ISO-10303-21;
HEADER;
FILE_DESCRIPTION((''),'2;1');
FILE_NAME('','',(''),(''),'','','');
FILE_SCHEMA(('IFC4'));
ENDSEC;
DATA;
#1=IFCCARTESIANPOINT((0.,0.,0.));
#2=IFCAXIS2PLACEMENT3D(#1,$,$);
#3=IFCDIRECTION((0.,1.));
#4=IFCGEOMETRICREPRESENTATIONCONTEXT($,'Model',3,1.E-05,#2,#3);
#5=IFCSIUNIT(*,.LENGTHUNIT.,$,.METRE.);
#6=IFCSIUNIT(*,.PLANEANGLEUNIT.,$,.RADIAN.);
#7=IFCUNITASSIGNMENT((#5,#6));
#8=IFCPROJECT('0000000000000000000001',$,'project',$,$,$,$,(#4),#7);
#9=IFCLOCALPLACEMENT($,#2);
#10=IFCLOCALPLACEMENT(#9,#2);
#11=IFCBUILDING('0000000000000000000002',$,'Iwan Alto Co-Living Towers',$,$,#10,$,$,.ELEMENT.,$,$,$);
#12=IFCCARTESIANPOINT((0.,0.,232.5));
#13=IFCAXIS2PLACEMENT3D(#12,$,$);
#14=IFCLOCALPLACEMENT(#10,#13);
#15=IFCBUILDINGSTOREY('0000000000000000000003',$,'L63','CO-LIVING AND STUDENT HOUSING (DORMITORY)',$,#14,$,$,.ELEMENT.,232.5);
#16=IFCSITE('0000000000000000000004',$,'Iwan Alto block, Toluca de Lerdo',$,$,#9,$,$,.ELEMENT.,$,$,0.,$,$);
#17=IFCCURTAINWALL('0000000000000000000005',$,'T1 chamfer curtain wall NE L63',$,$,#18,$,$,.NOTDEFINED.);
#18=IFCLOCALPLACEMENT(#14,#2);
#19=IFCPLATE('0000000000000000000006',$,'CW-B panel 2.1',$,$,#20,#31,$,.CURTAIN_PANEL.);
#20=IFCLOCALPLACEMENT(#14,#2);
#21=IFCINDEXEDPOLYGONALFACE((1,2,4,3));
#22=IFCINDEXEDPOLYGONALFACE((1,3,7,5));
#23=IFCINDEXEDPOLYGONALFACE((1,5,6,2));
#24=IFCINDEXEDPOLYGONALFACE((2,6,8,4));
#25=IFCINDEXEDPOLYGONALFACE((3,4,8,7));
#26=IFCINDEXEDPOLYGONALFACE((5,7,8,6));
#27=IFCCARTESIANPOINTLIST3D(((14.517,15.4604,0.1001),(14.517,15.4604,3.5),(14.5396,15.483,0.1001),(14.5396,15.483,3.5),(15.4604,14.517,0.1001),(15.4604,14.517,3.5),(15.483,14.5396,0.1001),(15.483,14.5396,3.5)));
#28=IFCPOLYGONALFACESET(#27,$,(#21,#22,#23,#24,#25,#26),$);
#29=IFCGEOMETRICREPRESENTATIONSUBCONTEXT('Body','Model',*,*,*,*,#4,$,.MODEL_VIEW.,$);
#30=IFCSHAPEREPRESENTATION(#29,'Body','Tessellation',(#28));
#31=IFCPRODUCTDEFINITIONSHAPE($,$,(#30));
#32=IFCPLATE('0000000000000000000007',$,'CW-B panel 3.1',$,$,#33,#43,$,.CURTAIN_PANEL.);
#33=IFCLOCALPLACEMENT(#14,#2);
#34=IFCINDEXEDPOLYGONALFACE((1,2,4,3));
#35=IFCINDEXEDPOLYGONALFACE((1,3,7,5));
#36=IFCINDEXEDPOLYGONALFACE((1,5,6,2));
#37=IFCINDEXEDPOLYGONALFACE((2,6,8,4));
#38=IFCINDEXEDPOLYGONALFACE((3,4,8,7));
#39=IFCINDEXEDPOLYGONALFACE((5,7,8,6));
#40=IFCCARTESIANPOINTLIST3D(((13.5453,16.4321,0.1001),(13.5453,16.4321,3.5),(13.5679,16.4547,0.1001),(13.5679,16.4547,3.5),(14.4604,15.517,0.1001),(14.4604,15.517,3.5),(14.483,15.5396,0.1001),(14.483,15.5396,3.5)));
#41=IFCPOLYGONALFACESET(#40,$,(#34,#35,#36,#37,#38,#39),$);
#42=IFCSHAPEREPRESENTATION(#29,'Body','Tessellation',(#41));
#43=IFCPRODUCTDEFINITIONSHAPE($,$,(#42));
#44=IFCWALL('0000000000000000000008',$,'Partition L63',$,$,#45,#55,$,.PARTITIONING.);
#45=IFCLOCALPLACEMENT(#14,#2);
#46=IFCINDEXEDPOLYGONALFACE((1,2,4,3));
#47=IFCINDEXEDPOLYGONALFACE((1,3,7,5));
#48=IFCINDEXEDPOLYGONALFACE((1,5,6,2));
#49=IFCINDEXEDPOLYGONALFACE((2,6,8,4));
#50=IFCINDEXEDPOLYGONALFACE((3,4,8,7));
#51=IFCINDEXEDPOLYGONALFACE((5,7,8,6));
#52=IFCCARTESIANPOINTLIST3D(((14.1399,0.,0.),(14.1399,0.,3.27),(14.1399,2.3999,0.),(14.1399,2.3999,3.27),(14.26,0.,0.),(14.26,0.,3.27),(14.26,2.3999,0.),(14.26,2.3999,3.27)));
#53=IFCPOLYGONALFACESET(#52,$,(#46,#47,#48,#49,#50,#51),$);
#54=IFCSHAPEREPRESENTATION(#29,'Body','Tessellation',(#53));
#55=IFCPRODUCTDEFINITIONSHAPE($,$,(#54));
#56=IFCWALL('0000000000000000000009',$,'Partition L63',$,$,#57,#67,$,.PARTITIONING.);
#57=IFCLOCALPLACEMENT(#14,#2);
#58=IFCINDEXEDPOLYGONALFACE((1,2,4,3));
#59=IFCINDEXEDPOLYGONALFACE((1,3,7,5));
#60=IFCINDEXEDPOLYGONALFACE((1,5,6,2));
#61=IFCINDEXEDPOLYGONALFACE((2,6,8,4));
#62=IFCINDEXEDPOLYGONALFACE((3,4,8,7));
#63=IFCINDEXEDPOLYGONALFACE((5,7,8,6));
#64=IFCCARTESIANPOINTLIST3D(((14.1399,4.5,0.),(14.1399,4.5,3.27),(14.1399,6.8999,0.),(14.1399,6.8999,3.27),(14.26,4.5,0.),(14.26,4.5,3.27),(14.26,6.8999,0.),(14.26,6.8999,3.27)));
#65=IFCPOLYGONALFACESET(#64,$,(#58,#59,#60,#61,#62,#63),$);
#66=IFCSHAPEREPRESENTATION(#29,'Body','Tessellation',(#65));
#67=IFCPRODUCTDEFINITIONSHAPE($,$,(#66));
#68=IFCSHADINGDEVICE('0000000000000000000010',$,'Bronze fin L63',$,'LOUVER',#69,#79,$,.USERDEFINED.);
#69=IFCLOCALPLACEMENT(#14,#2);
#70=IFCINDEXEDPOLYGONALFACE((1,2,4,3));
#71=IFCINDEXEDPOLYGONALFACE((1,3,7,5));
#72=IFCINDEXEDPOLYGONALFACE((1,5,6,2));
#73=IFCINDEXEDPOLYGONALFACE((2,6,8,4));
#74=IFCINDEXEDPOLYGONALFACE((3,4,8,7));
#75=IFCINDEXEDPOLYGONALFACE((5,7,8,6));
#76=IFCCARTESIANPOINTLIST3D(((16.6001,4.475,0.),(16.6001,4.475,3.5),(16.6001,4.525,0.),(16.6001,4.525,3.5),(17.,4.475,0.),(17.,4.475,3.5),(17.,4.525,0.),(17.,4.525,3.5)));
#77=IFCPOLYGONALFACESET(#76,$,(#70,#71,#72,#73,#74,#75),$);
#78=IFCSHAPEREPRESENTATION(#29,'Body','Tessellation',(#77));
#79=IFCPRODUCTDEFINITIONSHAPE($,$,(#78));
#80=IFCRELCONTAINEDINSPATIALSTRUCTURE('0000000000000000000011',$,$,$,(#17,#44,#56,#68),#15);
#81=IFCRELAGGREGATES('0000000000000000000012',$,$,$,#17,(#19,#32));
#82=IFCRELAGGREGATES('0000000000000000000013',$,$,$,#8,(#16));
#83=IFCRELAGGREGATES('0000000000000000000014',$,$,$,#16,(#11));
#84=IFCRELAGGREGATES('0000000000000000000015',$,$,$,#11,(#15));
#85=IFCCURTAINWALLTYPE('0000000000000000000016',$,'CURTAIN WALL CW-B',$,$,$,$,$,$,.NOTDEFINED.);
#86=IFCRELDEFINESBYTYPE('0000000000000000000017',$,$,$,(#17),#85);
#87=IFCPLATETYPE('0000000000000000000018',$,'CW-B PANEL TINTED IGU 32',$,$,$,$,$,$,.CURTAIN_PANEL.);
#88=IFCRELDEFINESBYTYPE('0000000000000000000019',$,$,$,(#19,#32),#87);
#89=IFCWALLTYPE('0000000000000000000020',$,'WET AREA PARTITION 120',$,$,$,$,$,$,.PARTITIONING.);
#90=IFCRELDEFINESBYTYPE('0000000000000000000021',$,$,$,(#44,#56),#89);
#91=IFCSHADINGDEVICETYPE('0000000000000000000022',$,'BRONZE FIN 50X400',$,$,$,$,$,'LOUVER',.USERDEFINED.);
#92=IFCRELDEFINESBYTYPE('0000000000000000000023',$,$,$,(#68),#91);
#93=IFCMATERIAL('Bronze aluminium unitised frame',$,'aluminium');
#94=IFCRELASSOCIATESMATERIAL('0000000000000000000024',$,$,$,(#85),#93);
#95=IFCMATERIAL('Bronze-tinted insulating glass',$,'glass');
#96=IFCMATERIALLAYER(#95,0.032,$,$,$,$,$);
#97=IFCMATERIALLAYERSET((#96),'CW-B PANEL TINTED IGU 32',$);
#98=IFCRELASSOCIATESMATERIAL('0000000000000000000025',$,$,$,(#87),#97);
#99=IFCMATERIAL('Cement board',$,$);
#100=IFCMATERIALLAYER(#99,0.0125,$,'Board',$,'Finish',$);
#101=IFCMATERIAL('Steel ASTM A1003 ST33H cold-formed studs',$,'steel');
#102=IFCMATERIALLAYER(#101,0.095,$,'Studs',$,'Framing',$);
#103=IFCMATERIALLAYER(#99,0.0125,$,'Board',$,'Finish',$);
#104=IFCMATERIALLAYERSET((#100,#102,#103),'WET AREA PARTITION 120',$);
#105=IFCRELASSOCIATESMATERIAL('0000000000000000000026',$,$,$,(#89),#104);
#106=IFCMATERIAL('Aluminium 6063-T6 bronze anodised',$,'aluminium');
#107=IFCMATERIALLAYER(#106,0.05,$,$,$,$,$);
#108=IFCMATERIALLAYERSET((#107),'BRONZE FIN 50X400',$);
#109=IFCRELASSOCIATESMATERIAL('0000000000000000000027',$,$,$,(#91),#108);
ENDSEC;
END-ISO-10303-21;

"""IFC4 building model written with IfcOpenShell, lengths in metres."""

from ifc_helpers import new_model, si_unit, direction, frame, frame_2d, origin, origin_2d, place, context, subcontext, project, spatial, rectangle, extrude, material, layer, layer_set, type_object, element, aggregate, save


model = new_model("IFC4")

# Units and contexts
model_context = context("Model", 3, precision=1e-05, world=origin(), true_north=direction((0.0, 1.0)))
body_context = subcontext(model_context, "Body", "Model", "MODEL_VIEW")
ifc_project = project(units=[si_unit("LENGTHUNIT", "METRE"), si_unit("PLANEANGLEUNIT", "RADIAN")], contexts=[model_context])

# Site, building, storey
site_placement = place(None, origin())
site = spatial("IfcSite", under=ifc_project, at=site_placement, Name="Iwan Alto block, Toluca de Lerdo", CompositionType="ELEMENT", RefElevation=0.0)
building_placement = place(site_placement, origin())
building = spatial("IfcBuilding", under=site, at=building_placement, Name="Iwan Alto Co-Living Towers", CompositionType="ELEMENT")
storey_placement = place(building_placement, frame((0.0, 0.0, 232.5)))
storey = spatial("IfcBuildingStorey", under=building, at=storey_placement, Name="L63", Description="CO-LIVING AND STUDENT HOUSING (DORMITORY)", CompositionType="ELEMENT", Elevation=232.5)

# Curtain wall
ifc_material_1 = material(Name="Bronze aluminium unitised frame", Category="aluminium")
curtain_wall_type_1 = type_object("IfcCurtainWallType", Name="CURTAIN WALL CW-B", PredefinedType="NOTDEFINED", material=ifc_material_1)
curtain_wall_1_placement = place(storey_placement, origin())
curtain_wall_1 = element("IfcCurtainWall", 1, at=curtain_wall_1_placement, inside=storey, type_object=curtain_wall_type_1, Name="T1 chamfer curtain wall NE L63", PredefinedType="NOTDEFINED")

# Plates
ifc_material_2 = material(Name="Bronze-tinted insulating glass", Category="glass")
ifc_layer_1 = layer(ifc_material_2, 0.032)
ifc_layer_set_1 = layer_set([ifc_layer_1], Name="CW-B PANEL TINTED IGU 32")
plate_type_1 = type_object("IfcPlateType", Name="CW-B PANEL TINTED IGU 32", PredefinedType="CURTAIN_PANEL", material=ifc_layer_set_1)
plate_1_placement = place(storey_placement, frame((15.0, 15.0, 0.1001), z_axis=(0.0, 0.0, 1.0), x_axis=(-0.707107, 0.707107, 0.0)))
plate_1 = element("IfcPlate", 2, at=plate_1_placement, type_object=plate_type_1, Name="CW-B panel 2.1", PredefinedType="CURTAIN_PANEL", context=body_context, shape_type="SweptSolid", body=[
    extrude(rectangle(XDim=1.3342, YDim=0.032, at=origin_2d()), origin(), (0.0, 0.0, 1.0), 3.3999),
])
plate_2_placement = place(storey_placement, frame((14.0142, 15.9858, 0.1001), z_axis=(0.0, 0.0, 1.0), x_axis=(-0.707107, 0.707107, 0.0)))
plate_2 = element("IfcPlate", 3, at=plate_2_placement, type_object=plate_type_1, Name="CW-B panel 3.1", PredefinedType="CURTAIN_PANEL", context=body_context, shape_type="SweptSolid", body=[
    extrude(rectangle(XDim=1.2942, YDim=0.032, at=origin_2d()), origin(), (0.0, 0.0, 1.0), 3.3999),
])
aggregate(curtain_wall_1, [plate_1, plate_2])

# Walls
ifc_material_3 = material(Name="Cement board")
ifc_layer_2 = layer(ifc_material_3, 0.0125, Name="Board", Category="Finish")
ifc_material_4 = material(Name="Steel ASTM A1003 ST33H cold-formed studs", Category="steel")
ifc_layer_3 = layer(ifc_material_4, 0.095, Name="Studs", Category="Framing")
ifc_layer_4 = layer(ifc_material_3, 0.0125, Name="Board", Category="Finish")
ifc_layer_set_2 = layer_set([ifc_layer_2, ifc_layer_3, ifc_layer_4], Name="WET AREA PARTITION 120")
wall_type = type_object("IfcWallType", Name="WET AREA PARTITION 120", PredefinedType="PARTITIONING", material=ifc_layer_set_2)
for number, where, z_axis, x_axis, name in (
    (4, (14.2, 0.0, 0.0), (0.0, 0.0, 1.0), (0.0, 1.0, 0.0), "Partition L63"),
    (5, (14.2, 4.5, 0.0), (0.0, 0.0, 1.0), (0.0, 1.0, 0.0), "Partition L63"),
):
    element("IfcWall", number, at=place(storey_placement, frame(where, z_axis=z_axis, x_axis=x_axis)), inside=storey, type_object=wall_type, Name=name, PredefinedType="PARTITIONING", context=body_context, shape_type="SweptSolid", body=[
        extrude(rectangle(XDim=2.3999, YDim=0.1201, at=frame_2d((1.2, 0.0))), origin(), (0.0, 0.0, 1.0), 3.27),
    ])

# Shading device
ifc_material_5 = material(Name="Aluminium 6063-T6 bronze anodised", Category="aluminium")
ifc_layer_5 = layer(ifc_material_5, 0.05)
ifc_layer_set_3 = layer_set([ifc_layer_5], Name="BRONZE FIN 50X400")
shading_device_type = type_object("IfcShadingDeviceType", Name="BRONZE FIN 50X400", ElementType="LOUVER", PredefinedType="USERDEFINED", material=ifc_layer_set_3)
shading_device_placement = place(storey_placement, frame((16.8, 4.5, 0.0), z_axis=(0.0, 0.0, 1.0), x_axis=(0.0, 1.0, 0.0)))
element("IfcShadingDevice", 6, at=shading_device_placement, inside=storey, type_object=shading_device_type, Name="Bronze fin L63", ObjectType="LOUVER", PredefinedType="USERDEFINED", context=body_context, shape_type="SweptSolid", body=[
    extrude(rectangle(XDim=0.05, YDim=0.3999, at=origin_2d()), origin(), (0.0, 0.0, 1.0), 3.5),
])

save(model, "model.ifc")
